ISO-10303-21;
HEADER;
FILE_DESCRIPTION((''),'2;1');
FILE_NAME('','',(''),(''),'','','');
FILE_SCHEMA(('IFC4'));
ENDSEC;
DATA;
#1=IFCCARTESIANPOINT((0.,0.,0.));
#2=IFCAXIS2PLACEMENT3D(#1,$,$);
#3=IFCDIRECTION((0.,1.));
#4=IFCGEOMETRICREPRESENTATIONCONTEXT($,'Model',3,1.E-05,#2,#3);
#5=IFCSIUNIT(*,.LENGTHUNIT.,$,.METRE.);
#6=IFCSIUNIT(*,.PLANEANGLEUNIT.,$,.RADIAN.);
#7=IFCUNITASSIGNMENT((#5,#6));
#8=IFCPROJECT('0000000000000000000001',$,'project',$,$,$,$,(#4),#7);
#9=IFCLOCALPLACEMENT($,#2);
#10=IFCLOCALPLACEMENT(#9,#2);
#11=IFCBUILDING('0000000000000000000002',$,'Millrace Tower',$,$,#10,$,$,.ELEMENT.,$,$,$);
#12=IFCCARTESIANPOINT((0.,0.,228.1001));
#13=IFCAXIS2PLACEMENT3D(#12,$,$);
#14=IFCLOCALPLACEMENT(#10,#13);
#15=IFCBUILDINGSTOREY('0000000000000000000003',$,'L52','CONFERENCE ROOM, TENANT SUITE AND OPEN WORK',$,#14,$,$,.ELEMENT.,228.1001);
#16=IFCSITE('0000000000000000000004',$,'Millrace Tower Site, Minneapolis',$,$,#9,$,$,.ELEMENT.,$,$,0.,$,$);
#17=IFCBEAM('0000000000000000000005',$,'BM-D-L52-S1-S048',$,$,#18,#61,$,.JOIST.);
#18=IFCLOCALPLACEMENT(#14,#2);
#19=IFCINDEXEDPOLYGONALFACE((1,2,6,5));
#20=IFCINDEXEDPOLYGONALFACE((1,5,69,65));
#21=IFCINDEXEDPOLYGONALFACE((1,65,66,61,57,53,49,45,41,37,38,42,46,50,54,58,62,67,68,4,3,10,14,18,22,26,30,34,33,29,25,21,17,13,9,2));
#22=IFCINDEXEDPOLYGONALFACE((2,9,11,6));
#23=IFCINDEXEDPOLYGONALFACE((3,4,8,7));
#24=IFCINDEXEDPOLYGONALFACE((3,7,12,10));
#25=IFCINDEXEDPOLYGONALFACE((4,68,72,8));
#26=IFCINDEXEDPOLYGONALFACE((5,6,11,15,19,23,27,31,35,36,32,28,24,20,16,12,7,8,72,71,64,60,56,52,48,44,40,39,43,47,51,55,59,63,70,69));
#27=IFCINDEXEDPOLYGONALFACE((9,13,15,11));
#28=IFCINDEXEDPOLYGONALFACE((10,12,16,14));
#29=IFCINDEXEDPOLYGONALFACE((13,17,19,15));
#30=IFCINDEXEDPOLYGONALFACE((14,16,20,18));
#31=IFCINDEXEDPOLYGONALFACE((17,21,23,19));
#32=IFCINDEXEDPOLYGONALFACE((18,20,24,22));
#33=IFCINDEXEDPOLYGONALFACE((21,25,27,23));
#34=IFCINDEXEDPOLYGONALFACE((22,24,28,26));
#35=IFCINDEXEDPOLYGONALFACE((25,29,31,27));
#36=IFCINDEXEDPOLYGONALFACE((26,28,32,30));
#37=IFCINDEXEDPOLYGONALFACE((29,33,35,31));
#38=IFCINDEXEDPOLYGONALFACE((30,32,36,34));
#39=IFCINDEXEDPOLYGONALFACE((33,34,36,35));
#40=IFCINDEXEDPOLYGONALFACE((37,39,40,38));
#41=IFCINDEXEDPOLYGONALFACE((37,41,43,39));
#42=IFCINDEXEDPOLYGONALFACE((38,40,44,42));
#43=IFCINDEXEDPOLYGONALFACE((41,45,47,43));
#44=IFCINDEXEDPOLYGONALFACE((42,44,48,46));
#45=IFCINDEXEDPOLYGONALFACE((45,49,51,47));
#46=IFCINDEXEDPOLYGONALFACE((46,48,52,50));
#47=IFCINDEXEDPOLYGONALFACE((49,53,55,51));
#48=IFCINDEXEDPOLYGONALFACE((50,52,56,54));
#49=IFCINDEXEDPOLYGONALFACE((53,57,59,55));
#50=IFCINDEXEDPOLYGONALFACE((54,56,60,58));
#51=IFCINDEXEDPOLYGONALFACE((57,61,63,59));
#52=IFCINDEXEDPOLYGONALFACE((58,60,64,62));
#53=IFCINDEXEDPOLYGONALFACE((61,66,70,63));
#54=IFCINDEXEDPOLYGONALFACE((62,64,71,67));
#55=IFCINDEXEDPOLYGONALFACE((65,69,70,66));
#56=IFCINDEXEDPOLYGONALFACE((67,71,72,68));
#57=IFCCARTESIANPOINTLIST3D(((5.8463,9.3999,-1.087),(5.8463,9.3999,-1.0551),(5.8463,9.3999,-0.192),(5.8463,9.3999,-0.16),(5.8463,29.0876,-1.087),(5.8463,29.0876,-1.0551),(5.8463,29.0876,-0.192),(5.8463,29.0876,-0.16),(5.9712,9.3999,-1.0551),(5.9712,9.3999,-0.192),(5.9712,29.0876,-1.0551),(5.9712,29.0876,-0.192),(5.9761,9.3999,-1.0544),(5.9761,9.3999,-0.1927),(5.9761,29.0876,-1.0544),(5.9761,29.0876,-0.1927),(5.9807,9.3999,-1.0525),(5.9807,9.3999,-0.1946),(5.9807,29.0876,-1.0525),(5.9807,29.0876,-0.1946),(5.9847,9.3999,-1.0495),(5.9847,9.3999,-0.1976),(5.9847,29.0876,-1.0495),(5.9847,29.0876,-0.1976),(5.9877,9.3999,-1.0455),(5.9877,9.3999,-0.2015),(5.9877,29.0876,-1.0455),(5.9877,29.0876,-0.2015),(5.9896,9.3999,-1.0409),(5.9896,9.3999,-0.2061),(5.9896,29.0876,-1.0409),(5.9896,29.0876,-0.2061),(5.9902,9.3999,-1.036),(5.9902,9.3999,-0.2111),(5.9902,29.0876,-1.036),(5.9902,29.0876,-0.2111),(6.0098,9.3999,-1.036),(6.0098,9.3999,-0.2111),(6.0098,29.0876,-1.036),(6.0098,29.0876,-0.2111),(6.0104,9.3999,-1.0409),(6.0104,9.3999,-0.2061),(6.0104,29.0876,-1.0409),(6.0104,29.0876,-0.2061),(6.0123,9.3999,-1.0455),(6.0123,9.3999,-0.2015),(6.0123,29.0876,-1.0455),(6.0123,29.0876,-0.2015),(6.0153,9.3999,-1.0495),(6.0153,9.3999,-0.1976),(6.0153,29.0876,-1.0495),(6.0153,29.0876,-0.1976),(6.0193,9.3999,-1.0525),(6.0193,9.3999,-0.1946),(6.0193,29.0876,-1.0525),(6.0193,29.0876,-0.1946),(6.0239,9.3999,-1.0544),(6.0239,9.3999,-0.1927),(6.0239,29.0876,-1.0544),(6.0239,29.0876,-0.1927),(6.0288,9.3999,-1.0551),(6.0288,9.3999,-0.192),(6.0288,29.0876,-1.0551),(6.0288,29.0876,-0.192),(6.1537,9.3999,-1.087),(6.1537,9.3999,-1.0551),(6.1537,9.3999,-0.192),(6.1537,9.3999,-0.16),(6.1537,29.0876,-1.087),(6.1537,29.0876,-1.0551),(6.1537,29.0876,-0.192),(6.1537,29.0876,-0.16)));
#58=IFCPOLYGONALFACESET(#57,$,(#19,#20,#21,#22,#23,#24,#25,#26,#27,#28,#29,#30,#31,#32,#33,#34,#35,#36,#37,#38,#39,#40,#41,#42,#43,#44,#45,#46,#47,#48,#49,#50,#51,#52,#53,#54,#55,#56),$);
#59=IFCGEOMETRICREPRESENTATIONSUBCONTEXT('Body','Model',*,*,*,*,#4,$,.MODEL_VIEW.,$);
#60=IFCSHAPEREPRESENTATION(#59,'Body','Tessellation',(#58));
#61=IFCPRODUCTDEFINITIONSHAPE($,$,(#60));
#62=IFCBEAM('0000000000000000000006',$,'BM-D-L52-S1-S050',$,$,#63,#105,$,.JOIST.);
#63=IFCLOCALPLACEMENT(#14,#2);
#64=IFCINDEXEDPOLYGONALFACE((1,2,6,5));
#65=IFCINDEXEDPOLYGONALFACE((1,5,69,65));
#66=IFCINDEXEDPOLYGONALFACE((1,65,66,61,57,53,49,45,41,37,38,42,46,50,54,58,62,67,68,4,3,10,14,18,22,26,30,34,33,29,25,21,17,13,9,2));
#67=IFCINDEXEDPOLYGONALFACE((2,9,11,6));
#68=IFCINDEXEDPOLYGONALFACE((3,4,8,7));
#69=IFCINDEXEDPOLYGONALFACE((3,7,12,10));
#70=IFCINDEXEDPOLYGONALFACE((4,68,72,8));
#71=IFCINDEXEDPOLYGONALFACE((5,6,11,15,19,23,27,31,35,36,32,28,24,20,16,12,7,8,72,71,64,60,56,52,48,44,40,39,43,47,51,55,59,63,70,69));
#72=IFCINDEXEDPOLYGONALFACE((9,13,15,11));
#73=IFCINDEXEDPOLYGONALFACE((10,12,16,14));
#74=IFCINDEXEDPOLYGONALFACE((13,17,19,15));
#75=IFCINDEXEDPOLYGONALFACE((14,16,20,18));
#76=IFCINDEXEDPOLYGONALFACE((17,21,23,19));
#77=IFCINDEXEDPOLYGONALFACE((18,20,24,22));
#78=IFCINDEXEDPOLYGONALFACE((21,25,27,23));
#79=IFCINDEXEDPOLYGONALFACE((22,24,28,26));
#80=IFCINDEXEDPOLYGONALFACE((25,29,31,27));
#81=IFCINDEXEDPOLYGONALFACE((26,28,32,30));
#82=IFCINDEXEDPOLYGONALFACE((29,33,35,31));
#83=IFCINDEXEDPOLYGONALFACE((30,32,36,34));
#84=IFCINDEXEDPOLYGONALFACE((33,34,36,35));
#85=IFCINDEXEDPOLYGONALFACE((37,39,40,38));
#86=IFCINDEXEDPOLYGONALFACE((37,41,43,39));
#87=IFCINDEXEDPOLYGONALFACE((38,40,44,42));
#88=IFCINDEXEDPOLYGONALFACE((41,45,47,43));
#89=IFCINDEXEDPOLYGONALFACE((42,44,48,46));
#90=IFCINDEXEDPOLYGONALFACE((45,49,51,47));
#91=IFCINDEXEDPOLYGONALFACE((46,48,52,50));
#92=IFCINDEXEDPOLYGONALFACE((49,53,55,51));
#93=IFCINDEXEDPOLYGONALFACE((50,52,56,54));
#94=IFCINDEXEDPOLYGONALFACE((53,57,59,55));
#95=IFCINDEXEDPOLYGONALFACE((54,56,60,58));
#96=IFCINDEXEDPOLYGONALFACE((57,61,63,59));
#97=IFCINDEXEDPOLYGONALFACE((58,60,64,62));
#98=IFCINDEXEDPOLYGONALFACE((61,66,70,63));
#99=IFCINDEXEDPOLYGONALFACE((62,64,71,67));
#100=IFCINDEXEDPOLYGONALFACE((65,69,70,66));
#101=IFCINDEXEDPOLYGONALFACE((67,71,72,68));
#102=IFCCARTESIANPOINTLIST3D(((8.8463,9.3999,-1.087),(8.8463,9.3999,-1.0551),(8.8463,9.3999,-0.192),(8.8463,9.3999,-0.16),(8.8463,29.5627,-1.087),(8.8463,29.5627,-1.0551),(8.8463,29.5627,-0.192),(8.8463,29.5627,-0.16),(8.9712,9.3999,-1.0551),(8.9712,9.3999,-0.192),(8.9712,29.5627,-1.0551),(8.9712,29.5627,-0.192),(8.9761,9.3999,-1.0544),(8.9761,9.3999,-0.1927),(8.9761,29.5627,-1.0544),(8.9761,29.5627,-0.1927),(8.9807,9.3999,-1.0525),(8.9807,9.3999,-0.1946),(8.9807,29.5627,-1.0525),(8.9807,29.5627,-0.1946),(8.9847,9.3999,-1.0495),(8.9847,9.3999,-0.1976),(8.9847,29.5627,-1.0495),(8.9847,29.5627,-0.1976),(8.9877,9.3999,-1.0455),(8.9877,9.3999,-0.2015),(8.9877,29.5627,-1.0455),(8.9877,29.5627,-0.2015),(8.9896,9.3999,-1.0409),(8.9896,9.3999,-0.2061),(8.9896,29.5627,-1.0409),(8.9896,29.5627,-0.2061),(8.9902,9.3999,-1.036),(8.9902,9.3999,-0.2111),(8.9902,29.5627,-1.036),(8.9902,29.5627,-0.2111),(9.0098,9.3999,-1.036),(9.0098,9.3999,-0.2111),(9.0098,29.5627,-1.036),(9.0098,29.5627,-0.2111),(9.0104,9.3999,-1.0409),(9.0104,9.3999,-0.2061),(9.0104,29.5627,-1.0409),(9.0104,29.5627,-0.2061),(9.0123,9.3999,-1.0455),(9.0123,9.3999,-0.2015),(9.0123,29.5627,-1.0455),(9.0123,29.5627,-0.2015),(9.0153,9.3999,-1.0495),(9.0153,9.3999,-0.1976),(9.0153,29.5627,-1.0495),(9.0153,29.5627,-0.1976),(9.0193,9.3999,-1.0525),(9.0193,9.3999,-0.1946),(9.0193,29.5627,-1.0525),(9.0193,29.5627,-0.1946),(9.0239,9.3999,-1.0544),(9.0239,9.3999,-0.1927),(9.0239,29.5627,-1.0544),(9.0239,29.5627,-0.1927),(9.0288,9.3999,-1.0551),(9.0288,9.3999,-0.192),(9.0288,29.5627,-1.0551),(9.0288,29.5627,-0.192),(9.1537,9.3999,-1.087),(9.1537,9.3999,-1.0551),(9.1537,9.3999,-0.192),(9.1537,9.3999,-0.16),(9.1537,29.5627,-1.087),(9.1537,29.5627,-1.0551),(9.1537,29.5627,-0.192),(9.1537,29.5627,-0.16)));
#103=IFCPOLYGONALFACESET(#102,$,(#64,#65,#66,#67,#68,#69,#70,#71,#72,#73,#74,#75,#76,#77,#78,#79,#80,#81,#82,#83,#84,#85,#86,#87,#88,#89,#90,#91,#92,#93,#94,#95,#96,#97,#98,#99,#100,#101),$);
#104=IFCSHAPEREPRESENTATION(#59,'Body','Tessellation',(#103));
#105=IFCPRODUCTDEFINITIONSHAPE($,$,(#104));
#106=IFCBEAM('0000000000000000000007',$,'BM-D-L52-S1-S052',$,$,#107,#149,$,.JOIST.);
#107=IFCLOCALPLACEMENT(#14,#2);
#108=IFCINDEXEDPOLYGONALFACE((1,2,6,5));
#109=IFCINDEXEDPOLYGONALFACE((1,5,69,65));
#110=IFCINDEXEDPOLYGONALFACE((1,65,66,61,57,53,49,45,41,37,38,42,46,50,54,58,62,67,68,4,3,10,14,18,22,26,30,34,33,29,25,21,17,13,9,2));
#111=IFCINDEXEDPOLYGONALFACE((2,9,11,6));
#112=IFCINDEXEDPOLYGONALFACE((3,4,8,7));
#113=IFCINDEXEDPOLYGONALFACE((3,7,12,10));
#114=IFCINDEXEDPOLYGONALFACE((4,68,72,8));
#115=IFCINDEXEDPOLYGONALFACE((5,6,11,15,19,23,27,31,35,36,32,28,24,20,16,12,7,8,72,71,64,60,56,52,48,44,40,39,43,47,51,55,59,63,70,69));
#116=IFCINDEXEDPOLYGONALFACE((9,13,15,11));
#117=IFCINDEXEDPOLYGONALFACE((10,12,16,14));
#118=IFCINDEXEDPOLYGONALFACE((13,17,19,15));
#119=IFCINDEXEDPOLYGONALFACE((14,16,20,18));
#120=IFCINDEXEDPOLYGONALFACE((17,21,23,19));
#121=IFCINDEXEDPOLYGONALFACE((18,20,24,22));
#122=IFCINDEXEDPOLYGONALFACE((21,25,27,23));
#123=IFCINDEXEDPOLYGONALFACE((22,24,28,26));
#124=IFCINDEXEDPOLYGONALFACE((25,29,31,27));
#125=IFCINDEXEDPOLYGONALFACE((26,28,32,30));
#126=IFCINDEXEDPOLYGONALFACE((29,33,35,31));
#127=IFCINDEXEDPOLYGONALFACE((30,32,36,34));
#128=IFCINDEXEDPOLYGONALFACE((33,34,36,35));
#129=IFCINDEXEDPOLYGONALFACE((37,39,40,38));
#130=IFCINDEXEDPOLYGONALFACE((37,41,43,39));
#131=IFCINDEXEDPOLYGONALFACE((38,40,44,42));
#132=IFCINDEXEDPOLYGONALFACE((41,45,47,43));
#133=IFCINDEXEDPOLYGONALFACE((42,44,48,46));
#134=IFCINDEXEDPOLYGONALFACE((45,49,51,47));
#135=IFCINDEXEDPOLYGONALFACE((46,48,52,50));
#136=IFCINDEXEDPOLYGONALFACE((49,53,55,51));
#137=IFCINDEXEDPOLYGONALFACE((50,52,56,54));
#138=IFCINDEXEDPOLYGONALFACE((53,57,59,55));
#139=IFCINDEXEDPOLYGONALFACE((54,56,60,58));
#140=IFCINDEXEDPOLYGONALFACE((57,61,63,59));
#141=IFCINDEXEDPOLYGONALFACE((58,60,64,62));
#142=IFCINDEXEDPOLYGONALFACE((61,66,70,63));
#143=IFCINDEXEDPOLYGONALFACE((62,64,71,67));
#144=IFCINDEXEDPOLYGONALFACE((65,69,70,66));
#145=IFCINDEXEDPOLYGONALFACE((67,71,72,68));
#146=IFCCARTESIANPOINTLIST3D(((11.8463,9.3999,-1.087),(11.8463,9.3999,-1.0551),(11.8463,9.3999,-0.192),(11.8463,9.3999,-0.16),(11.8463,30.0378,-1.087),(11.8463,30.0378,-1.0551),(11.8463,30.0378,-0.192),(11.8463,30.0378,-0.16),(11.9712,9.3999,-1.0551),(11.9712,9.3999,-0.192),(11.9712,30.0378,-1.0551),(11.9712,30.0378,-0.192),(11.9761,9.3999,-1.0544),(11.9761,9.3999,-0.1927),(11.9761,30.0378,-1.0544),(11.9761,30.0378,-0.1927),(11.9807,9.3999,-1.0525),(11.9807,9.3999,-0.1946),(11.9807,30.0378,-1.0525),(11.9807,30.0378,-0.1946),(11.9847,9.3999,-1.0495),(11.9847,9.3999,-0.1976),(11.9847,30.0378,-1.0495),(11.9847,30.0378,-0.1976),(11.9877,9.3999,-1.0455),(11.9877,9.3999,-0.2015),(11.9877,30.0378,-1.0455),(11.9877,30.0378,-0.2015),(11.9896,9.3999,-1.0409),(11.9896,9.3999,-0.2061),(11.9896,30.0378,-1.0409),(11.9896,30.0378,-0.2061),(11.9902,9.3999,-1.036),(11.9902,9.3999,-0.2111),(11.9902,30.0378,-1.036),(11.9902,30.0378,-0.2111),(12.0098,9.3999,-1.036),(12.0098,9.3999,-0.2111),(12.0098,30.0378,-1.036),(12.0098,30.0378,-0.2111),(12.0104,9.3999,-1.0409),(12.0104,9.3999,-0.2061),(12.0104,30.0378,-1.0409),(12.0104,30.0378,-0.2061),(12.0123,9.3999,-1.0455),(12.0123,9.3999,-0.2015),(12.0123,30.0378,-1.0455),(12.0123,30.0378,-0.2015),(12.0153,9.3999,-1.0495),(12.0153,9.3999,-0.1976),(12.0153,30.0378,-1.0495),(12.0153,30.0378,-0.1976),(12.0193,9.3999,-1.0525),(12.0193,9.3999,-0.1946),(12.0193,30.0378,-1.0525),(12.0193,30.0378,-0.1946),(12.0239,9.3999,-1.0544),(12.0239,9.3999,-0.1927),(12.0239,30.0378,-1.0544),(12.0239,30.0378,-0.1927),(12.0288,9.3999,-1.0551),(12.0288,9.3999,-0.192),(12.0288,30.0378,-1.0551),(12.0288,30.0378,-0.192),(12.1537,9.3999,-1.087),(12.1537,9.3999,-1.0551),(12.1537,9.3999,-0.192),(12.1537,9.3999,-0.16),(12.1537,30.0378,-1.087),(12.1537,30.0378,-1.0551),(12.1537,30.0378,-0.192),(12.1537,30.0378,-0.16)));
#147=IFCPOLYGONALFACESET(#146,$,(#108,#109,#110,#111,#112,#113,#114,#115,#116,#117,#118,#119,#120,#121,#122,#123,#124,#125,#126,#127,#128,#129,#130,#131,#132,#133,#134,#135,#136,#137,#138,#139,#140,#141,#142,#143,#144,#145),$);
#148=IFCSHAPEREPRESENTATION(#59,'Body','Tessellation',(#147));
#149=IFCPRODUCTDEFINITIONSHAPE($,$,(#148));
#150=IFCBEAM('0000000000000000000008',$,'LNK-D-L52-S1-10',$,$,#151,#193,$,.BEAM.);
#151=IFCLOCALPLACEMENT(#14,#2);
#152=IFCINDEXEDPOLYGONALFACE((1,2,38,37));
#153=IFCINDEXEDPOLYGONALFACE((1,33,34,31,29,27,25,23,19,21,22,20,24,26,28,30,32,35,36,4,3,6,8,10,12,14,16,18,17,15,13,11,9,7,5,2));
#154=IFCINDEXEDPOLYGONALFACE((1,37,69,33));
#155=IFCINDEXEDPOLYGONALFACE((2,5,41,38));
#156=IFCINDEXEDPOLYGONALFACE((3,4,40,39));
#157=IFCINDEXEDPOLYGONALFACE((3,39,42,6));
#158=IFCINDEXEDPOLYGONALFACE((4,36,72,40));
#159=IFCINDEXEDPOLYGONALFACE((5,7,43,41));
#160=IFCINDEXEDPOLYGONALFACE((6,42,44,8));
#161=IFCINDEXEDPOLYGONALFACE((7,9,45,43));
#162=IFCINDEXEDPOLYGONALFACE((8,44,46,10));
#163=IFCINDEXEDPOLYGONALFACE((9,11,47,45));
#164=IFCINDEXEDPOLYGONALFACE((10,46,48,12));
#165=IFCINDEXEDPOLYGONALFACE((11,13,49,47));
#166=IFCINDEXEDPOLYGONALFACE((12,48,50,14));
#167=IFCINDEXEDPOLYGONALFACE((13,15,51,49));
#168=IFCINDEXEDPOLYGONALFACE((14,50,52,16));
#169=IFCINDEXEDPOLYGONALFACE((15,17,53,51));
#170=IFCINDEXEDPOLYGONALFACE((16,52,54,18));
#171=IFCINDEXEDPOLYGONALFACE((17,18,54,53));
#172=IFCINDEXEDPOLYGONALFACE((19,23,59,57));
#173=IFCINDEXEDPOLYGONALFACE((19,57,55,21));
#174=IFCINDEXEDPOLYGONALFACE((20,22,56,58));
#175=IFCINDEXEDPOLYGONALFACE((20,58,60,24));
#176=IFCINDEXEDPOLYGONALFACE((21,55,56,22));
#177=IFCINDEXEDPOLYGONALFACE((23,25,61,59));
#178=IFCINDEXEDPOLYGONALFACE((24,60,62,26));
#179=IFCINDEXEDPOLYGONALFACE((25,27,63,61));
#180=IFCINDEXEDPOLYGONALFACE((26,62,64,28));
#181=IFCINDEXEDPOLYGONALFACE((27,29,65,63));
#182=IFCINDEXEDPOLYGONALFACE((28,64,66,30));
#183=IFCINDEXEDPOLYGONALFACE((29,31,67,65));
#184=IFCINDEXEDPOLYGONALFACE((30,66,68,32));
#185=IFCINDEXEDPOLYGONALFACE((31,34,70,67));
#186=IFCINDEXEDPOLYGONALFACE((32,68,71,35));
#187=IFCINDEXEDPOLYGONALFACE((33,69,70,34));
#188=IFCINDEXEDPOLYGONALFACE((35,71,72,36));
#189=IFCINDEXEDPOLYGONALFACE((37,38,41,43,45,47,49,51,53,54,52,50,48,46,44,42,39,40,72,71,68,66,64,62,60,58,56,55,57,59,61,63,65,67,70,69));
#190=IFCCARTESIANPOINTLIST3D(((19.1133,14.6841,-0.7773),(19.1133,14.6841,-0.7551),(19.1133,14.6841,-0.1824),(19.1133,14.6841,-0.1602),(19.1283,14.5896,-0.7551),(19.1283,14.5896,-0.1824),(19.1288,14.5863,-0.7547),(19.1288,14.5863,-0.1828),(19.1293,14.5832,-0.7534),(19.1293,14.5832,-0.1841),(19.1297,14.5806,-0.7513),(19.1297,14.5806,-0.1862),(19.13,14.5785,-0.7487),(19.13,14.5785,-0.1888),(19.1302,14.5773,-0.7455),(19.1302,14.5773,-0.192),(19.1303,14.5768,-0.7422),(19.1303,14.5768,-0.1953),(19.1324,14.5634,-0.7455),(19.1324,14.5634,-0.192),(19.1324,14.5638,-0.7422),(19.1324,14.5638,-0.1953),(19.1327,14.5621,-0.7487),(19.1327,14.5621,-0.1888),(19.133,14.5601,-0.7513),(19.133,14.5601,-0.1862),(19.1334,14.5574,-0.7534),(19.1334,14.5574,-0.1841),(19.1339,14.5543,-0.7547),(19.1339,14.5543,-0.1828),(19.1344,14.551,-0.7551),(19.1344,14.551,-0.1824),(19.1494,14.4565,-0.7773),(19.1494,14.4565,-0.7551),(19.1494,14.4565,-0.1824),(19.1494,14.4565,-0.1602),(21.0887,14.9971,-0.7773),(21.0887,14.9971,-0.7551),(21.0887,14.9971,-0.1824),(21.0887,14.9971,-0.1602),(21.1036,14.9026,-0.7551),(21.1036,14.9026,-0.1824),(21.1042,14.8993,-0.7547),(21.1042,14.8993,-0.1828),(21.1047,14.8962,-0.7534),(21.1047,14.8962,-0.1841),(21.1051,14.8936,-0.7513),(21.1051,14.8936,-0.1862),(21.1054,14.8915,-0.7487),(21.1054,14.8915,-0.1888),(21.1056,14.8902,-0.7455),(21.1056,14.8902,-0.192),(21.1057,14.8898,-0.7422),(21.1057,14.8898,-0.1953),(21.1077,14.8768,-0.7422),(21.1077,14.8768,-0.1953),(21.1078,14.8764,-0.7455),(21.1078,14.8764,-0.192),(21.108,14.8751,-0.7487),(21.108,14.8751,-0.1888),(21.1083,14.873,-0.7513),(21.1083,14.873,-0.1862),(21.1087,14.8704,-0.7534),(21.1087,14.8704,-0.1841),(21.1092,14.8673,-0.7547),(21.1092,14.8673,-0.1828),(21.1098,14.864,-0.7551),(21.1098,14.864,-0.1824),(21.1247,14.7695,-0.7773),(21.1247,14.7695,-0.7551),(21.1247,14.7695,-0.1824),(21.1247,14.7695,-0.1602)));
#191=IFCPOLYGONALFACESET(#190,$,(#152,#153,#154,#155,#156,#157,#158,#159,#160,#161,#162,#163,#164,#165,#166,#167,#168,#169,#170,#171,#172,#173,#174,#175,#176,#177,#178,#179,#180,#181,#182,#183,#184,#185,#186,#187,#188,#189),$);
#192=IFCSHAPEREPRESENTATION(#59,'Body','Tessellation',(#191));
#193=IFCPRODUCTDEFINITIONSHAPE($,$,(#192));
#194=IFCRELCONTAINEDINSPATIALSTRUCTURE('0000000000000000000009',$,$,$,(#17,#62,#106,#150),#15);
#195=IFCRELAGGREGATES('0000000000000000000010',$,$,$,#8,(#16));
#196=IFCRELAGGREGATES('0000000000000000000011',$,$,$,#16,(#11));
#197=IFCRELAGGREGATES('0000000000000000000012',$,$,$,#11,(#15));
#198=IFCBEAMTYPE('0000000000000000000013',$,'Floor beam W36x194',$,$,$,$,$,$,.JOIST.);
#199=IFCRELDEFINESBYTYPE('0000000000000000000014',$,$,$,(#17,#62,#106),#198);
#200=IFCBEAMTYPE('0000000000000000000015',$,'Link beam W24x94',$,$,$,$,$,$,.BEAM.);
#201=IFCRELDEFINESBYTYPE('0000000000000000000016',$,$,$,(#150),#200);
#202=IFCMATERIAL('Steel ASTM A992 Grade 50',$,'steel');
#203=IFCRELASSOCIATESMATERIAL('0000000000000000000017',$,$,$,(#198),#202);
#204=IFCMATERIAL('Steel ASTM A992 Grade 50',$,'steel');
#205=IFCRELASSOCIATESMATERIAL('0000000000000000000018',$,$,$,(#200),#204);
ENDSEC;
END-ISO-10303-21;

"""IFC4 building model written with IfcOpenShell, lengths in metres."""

from ifc_helpers import new_model, si_unit, direction, frame, origin, origin_2d, place, context, subcontext, project, spatial, i_section, extrude, material, material_profile, profile_set, type_object, element, save


model = new_model("IFC4")

# Units and contexts
model_context = context("Model", 3, precision=1e-05, world=origin(), true_north=direction((0.0, 1.0)))
body_context = subcontext(model_context, "Body", "Model", "MODEL_VIEW")
ifc_project = project(units=[si_unit("LENGTHUNIT", "METRE"), si_unit("PLANEANGLEUNIT", "RADIAN")], contexts=[model_context])

# Site, building, storey
site_placement = place(None, origin())
site = spatial("IfcSite", under=ifc_project, at=site_placement, Name="Millrace Tower Site, Minneapolis", CompositionType="ELEMENT", RefElevation=0.0)
building_placement = place(site_placement, origin())
building = spatial("IfcBuilding", under=site, at=building_placement, Name="Millrace Tower", CompositionType="ELEMENT")
storey_placement = place(building_placement, frame((0.0, 0.0, 228.1001)))
storey = spatial("IfcBuildingStorey", under=building, at=storey_placement, Name="L52", Description="CONFERENCE ROOM, TENANT SUITE AND OPEN WORK", CompositionType="ELEMENT", Elevation=228.1001)

# Beams
ifc_material_1 = material(Name="Steel ASTM A992 Grade 50", Category="steel")
ifc_material_profile_1 = material_profile(ifc_material_1, i_section(OverallWidth=0.3074, OverallDepth=0.927, WebThickness=0.0195, FlangeThickness=0.032, FilletRadius=0.019, at=origin_2d()))
ifc_profile_set_1 = profile_set([ifc_material_profile_1], Name="Steel ASTM A992 Grade 50")
beam_type_1 = type_object("IfcBeamType", Name="Floor beam W36x194", PredefinedType="JOIST", material=ifc_profile_set_1)
beam_1_placement = place(storey_placement, frame((6.0, 9.3999, -0.6235), z_axis=(0.0, 1.0, 0.0), x_axis=(-1.0, 0.0, 0.0)))
element("IfcBeam", 1, at=beam_1_placement, inside=storey, type_object=beam_type_1, Name="BM-D-L52-S1-S048", PredefinedType="JOIST", context=body_context, shape_type="SweptSolid", body=[
    extrude(i_section(OverallWidth=0.3074, OverallDepth=0.927, WebThickness=0.0195, FlangeThickness=0.032, FilletRadius=0.019, at=origin_2d()), origin(), (0.0, 0.0, 1.0), 19.6877),
])
beam_2_placement = place(storey_placement, frame((9.0, 9.3999, -0.6235), z_axis=(0.0, 1.0, 0.0), x_axis=(-1.0, 0.0, 0.0)))
element("IfcBeam", 2, at=beam_2_placement, inside=storey, type_object=beam_type_1, Name="BM-D-L52-S1-S050", PredefinedType="JOIST", context=body_context, shape_type="SweptSolid", body=[
    extrude(i_section(OverallWidth=0.3074, OverallDepth=0.927, WebThickness=0.0195, FlangeThickness=0.032, FilletRadius=0.019, at=origin_2d()), origin(), (0.0, 0.0, 1.0), 20.1628),
])
beam_3_placement = place(storey_placement, frame((12.0, 9.3999, -0.6235), z_axis=(0.0, 1.0, 0.0), x_axis=(-1.0, 0.0, 0.0)))
element("IfcBeam", 3, at=beam_3_placement, inside=storey, type_object=beam_type_1, Name="BM-D-L52-S1-S052", PredefinedType="JOIST", context=body_context, shape_type="SweptSolid", body=[
    extrude(i_section(OverallWidth=0.3074, OverallDepth=0.927, WebThickness=0.0195, FlangeThickness=0.032, FilletRadius=0.019, at=origin_2d()), origin(), (0.0, 0.0, 1.0), 20.6379),
])
ifc_material_2 = material(Name="Steel ASTM A992 Grade 50", Category="steel")
ifc_material_profile_2 = material_profile(ifc_material_2, i_section(OverallWidth=0.2305, OverallDepth=0.6172, WebThickness=0.0132, FlangeThickness=0.0222, FilletRadius=0.0129, at=origin_2d()))
ifc_profile_set_2 = profile_set([ifc_material_profile_2], Name="Steel ASTM A992 Grade 50")
beam_type_2 = type_object("IfcBeamType", Name="Link beam W24x94", PredefinedType="BEAM", material=ifc_profile_set_2)
beam_4_placement = place(storey_placement, frame((19.1313, 14.5703, -0.4688), z_axis=(0.987679, 0.156495, 0.0), x_axis=(-0.156495, 0.987679, 0.0)))
element("IfcBeam", 4, at=beam_4_placement, inside=storey, type_object=beam_type_2, Name="LNK-D-L52-S1-10", PredefinedType="BEAM", context=body_context, shape_type="SweptSolid", body=[
    extrude(i_section(OverallWidth=0.2305, OverallDepth=0.6172, WebThickness=0.0132, FlangeThickness=0.0222, FilletRadius=0.0129, at=origin_2d()), origin(), (0.0, 0.0, 1.0), 2.0),
])

save(model, "model.ifc")
